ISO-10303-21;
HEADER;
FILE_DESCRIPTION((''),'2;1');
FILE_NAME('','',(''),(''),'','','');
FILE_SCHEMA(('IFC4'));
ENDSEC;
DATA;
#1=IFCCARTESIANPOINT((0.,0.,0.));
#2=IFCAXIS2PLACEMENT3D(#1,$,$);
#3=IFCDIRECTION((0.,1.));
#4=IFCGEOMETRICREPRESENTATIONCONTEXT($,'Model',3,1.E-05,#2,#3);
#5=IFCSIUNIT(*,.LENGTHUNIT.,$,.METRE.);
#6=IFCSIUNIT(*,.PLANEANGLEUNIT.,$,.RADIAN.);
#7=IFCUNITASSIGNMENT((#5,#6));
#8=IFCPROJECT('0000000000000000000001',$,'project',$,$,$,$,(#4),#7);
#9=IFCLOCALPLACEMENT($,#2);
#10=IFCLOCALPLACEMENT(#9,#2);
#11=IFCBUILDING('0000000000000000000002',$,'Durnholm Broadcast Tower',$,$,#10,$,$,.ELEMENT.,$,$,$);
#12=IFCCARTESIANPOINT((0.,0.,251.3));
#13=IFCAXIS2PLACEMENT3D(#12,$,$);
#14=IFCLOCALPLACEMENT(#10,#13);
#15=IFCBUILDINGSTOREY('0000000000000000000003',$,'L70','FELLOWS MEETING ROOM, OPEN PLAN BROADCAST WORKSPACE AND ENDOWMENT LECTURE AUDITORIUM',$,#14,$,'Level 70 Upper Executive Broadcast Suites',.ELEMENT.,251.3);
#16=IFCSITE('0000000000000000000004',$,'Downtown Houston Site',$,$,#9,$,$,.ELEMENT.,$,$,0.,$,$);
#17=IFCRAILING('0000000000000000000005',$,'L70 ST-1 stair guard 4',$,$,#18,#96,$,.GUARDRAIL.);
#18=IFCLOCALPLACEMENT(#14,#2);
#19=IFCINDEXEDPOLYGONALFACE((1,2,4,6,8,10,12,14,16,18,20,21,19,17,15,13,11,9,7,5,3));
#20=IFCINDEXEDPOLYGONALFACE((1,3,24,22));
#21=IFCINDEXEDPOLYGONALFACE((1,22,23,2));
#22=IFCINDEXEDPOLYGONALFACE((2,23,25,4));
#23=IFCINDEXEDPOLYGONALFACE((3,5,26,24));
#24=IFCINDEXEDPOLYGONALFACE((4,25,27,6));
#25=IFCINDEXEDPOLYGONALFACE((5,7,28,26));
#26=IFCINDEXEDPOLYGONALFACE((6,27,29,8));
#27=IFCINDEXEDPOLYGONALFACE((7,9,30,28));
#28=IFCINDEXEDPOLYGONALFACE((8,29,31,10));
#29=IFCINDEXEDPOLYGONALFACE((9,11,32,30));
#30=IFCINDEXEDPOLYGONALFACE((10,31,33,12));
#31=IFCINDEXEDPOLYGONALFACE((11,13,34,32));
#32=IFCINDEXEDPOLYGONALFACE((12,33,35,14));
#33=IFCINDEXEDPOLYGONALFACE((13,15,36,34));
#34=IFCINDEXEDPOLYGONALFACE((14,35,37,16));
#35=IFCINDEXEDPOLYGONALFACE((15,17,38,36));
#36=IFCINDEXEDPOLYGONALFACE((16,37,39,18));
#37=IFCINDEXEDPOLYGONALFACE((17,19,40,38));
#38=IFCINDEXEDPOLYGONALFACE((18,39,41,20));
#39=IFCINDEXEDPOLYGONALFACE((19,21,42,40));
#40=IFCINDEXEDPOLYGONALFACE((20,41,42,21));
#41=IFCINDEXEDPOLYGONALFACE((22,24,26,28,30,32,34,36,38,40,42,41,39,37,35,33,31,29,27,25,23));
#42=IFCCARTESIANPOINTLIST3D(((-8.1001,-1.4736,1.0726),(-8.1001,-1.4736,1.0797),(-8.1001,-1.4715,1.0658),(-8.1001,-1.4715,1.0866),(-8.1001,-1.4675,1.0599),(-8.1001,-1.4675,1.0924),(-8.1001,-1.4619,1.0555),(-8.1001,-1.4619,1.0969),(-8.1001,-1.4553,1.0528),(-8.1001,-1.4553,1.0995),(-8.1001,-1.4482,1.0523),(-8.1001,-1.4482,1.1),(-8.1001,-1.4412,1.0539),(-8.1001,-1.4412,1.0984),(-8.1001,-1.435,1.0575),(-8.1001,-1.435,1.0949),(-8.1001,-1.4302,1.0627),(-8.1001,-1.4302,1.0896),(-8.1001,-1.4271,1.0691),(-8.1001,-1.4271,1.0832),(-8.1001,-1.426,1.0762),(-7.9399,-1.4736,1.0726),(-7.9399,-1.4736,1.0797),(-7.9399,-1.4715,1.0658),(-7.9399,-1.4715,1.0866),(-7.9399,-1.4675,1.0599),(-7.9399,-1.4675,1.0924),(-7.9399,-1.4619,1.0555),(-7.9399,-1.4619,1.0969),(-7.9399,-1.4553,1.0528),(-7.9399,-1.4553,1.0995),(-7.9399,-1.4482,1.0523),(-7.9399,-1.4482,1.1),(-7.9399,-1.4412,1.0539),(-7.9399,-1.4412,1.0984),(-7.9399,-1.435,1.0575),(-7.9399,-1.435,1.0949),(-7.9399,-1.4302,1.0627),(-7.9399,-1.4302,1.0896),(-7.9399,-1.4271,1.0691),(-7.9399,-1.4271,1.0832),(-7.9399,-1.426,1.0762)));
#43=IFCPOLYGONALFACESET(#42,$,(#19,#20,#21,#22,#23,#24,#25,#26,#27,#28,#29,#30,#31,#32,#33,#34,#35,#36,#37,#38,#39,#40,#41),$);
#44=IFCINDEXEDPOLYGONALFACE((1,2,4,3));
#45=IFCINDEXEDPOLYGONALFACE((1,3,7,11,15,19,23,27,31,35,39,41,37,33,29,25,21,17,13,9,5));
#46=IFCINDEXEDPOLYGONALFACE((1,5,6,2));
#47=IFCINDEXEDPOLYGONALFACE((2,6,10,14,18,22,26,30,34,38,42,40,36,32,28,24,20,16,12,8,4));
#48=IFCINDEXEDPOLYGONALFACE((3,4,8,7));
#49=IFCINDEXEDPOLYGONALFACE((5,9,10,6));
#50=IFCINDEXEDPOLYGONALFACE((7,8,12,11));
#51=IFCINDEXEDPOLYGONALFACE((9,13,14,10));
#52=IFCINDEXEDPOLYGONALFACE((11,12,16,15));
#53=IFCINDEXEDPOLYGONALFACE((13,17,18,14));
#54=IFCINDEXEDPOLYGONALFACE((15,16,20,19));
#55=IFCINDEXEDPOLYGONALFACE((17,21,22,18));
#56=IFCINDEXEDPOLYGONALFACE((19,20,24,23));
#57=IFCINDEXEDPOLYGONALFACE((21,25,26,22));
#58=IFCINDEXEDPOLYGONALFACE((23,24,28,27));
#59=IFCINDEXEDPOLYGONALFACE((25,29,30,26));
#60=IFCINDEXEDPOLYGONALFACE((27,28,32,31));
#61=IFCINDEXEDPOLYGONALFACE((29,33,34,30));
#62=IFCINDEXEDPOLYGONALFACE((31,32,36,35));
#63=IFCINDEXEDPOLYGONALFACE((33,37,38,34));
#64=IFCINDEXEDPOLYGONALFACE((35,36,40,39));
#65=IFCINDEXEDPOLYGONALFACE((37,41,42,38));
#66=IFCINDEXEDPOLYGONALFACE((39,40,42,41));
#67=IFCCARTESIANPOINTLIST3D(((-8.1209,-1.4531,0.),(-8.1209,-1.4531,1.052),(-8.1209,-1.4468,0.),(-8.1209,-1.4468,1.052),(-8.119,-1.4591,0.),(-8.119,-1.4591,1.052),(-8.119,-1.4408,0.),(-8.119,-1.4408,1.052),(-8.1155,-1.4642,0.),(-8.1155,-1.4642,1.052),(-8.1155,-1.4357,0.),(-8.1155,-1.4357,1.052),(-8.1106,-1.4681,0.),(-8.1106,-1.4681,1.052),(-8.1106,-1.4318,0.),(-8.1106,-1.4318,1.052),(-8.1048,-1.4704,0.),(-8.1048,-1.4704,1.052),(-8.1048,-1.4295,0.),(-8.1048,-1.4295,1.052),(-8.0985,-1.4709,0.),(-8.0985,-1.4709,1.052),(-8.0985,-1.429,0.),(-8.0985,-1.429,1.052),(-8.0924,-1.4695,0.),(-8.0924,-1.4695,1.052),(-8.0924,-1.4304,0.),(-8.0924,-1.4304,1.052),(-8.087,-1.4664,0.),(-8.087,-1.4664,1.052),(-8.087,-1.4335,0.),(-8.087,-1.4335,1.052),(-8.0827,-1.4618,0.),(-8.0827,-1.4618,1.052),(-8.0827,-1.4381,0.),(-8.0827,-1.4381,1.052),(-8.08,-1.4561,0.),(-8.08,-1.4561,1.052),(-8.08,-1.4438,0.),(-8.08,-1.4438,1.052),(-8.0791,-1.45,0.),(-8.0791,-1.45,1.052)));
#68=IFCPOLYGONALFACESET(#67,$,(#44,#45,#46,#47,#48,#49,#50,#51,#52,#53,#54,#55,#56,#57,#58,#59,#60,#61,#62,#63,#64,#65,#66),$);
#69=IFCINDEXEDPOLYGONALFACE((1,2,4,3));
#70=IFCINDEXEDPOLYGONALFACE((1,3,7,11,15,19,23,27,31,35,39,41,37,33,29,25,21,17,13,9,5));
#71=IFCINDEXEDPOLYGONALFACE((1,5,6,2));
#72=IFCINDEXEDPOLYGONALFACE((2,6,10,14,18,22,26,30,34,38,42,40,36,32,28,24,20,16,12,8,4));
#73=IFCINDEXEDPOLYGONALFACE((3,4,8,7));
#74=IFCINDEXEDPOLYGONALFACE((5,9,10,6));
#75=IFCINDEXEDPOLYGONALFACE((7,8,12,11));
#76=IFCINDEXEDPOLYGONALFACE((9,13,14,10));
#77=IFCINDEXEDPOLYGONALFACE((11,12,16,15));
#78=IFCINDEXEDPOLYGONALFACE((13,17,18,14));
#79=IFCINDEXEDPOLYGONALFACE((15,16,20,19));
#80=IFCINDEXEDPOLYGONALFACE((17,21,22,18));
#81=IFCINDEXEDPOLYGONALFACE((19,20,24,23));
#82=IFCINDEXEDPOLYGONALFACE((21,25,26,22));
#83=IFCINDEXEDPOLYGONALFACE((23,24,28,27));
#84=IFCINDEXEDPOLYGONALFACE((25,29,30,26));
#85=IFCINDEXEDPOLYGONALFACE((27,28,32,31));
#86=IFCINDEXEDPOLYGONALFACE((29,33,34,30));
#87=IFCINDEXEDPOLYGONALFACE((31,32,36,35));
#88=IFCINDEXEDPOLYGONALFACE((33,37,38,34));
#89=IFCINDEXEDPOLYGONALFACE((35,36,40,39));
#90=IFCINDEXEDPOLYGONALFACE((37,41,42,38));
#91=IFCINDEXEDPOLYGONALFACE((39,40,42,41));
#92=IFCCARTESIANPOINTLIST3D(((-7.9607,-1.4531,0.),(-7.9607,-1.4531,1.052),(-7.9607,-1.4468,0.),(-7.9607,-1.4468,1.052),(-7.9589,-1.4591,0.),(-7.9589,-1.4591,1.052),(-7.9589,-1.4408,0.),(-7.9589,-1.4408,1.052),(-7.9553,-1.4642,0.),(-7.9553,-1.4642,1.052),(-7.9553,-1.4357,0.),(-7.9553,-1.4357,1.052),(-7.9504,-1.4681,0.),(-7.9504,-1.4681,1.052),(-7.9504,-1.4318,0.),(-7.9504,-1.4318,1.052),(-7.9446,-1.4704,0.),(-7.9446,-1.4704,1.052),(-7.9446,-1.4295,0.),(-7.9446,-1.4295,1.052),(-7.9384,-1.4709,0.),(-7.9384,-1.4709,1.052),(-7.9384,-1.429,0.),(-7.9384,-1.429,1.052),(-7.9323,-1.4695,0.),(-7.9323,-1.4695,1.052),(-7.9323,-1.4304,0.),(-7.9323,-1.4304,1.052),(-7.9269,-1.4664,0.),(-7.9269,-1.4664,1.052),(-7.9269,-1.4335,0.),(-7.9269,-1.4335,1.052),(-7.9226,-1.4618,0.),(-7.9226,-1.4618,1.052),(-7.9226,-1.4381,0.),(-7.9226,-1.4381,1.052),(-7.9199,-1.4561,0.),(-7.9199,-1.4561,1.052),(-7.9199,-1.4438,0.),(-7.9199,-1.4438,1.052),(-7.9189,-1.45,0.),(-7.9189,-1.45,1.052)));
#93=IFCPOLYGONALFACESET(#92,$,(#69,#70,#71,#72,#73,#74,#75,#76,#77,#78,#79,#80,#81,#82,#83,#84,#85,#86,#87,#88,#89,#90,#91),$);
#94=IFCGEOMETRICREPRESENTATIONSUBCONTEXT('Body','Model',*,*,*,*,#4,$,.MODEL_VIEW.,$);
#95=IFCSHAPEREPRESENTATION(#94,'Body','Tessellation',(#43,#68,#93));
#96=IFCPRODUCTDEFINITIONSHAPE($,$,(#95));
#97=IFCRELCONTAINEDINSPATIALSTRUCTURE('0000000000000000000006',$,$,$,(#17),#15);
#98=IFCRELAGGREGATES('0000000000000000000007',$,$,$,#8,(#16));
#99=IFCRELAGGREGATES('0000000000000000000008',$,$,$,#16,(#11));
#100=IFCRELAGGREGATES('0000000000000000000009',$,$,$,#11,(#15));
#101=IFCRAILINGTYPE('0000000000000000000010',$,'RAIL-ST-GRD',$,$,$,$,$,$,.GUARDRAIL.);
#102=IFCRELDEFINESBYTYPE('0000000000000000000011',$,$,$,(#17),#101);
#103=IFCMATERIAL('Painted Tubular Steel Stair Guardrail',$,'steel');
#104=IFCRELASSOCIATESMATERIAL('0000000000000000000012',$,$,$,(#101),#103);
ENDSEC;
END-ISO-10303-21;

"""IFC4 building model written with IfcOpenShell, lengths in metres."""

from ifc_helpers import new_model, si_unit, direction, frame, origin, origin_2d, place, context, subcontext, project, spatial, circle, extrude, material, type_object, element, save


model = new_model("IFC4")

# Units and contexts
model_context = context("Model", 3, precision=1e-05, world=origin(), true_north=direction((0.0, 1.0)))
body_context = subcontext(model_context, "Body", "Model", "MODEL_VIEW")
ifc_project = project(units=[si_unit("LENGTHUNIT", "METRE"), si_unit("PLANEANGLEUNIT", "RADIAN")], contexts=[model_context])

# Site, building, storey
site_placement = place(None, origin())
site = spatial("IfcSite", under=ifc_project, at=site_placement, Name="Downtown Houston Site", CompositionType="ELEMENT", RefElevation=0.0)
building_placement = place(site_placement, origin())
building = spatial("IfcBuilding", under=site, at=building_placement, Name="Durnholm Broadcast Tower", CompositionType="ELEMENT")
storey_placement = place(building_placement, frame((0.0, 0.0, 251.3)))
storey = spatial("IfcBuildingStorey", under=building, at=storey_placement, Name="L70", Description="FELLOWS MEETING ROOM, OPEN PLAN BROADCAST WORKSPACE AND ENDOWMENT LECTURE AUDITORIUM", LongName="Level 70 Upper Executive Broadcast Suites", CompositionType="ELEMENT", Elevation=251.3)

# Railing
ifc_material_1 = material(Name="Painted Tubular Steel Stair Guardrail", Category="steel")
railing_type_1 = type_object("IfcRailingType", Name="RAIL-ST-GRD", PredefinedType="GUARDRAIL", material=ifc_material_1)
railing_1_placement = place(storey_placement, frame((-8.1001, -1.45, 0.0)))
element("IfcRailing", 1, at=railing_1_placement, inside=storey, type_object=railing_type_1, Name="L70 ST-1 stair guard 4", PredefinedType="GUARDRAIL", context=body_context, shape_type="SweptSolid", body=[
    extrude(circle(Radius=0.0239, at=origin_2d()), frame((0.0, 0.0, 1.0762), z_axis=(1.0, 0.0, 0.0), x_axis=(0.0, 1.0, 0.0)), (0.0, 0.0, 1.0), 0.1602),
    extrude(circle(Radius=0.021, at=origin_2d()), origin(), (0.0, 0.0, 1.0), 1.052),
    extrude(circle(Radius=0.021, at=origin_2d()), frame((0.1602, 0.0, 0.0)), (0.0, 0.0, 1.0), 1.052),
])

save(model, "model.ifc")
